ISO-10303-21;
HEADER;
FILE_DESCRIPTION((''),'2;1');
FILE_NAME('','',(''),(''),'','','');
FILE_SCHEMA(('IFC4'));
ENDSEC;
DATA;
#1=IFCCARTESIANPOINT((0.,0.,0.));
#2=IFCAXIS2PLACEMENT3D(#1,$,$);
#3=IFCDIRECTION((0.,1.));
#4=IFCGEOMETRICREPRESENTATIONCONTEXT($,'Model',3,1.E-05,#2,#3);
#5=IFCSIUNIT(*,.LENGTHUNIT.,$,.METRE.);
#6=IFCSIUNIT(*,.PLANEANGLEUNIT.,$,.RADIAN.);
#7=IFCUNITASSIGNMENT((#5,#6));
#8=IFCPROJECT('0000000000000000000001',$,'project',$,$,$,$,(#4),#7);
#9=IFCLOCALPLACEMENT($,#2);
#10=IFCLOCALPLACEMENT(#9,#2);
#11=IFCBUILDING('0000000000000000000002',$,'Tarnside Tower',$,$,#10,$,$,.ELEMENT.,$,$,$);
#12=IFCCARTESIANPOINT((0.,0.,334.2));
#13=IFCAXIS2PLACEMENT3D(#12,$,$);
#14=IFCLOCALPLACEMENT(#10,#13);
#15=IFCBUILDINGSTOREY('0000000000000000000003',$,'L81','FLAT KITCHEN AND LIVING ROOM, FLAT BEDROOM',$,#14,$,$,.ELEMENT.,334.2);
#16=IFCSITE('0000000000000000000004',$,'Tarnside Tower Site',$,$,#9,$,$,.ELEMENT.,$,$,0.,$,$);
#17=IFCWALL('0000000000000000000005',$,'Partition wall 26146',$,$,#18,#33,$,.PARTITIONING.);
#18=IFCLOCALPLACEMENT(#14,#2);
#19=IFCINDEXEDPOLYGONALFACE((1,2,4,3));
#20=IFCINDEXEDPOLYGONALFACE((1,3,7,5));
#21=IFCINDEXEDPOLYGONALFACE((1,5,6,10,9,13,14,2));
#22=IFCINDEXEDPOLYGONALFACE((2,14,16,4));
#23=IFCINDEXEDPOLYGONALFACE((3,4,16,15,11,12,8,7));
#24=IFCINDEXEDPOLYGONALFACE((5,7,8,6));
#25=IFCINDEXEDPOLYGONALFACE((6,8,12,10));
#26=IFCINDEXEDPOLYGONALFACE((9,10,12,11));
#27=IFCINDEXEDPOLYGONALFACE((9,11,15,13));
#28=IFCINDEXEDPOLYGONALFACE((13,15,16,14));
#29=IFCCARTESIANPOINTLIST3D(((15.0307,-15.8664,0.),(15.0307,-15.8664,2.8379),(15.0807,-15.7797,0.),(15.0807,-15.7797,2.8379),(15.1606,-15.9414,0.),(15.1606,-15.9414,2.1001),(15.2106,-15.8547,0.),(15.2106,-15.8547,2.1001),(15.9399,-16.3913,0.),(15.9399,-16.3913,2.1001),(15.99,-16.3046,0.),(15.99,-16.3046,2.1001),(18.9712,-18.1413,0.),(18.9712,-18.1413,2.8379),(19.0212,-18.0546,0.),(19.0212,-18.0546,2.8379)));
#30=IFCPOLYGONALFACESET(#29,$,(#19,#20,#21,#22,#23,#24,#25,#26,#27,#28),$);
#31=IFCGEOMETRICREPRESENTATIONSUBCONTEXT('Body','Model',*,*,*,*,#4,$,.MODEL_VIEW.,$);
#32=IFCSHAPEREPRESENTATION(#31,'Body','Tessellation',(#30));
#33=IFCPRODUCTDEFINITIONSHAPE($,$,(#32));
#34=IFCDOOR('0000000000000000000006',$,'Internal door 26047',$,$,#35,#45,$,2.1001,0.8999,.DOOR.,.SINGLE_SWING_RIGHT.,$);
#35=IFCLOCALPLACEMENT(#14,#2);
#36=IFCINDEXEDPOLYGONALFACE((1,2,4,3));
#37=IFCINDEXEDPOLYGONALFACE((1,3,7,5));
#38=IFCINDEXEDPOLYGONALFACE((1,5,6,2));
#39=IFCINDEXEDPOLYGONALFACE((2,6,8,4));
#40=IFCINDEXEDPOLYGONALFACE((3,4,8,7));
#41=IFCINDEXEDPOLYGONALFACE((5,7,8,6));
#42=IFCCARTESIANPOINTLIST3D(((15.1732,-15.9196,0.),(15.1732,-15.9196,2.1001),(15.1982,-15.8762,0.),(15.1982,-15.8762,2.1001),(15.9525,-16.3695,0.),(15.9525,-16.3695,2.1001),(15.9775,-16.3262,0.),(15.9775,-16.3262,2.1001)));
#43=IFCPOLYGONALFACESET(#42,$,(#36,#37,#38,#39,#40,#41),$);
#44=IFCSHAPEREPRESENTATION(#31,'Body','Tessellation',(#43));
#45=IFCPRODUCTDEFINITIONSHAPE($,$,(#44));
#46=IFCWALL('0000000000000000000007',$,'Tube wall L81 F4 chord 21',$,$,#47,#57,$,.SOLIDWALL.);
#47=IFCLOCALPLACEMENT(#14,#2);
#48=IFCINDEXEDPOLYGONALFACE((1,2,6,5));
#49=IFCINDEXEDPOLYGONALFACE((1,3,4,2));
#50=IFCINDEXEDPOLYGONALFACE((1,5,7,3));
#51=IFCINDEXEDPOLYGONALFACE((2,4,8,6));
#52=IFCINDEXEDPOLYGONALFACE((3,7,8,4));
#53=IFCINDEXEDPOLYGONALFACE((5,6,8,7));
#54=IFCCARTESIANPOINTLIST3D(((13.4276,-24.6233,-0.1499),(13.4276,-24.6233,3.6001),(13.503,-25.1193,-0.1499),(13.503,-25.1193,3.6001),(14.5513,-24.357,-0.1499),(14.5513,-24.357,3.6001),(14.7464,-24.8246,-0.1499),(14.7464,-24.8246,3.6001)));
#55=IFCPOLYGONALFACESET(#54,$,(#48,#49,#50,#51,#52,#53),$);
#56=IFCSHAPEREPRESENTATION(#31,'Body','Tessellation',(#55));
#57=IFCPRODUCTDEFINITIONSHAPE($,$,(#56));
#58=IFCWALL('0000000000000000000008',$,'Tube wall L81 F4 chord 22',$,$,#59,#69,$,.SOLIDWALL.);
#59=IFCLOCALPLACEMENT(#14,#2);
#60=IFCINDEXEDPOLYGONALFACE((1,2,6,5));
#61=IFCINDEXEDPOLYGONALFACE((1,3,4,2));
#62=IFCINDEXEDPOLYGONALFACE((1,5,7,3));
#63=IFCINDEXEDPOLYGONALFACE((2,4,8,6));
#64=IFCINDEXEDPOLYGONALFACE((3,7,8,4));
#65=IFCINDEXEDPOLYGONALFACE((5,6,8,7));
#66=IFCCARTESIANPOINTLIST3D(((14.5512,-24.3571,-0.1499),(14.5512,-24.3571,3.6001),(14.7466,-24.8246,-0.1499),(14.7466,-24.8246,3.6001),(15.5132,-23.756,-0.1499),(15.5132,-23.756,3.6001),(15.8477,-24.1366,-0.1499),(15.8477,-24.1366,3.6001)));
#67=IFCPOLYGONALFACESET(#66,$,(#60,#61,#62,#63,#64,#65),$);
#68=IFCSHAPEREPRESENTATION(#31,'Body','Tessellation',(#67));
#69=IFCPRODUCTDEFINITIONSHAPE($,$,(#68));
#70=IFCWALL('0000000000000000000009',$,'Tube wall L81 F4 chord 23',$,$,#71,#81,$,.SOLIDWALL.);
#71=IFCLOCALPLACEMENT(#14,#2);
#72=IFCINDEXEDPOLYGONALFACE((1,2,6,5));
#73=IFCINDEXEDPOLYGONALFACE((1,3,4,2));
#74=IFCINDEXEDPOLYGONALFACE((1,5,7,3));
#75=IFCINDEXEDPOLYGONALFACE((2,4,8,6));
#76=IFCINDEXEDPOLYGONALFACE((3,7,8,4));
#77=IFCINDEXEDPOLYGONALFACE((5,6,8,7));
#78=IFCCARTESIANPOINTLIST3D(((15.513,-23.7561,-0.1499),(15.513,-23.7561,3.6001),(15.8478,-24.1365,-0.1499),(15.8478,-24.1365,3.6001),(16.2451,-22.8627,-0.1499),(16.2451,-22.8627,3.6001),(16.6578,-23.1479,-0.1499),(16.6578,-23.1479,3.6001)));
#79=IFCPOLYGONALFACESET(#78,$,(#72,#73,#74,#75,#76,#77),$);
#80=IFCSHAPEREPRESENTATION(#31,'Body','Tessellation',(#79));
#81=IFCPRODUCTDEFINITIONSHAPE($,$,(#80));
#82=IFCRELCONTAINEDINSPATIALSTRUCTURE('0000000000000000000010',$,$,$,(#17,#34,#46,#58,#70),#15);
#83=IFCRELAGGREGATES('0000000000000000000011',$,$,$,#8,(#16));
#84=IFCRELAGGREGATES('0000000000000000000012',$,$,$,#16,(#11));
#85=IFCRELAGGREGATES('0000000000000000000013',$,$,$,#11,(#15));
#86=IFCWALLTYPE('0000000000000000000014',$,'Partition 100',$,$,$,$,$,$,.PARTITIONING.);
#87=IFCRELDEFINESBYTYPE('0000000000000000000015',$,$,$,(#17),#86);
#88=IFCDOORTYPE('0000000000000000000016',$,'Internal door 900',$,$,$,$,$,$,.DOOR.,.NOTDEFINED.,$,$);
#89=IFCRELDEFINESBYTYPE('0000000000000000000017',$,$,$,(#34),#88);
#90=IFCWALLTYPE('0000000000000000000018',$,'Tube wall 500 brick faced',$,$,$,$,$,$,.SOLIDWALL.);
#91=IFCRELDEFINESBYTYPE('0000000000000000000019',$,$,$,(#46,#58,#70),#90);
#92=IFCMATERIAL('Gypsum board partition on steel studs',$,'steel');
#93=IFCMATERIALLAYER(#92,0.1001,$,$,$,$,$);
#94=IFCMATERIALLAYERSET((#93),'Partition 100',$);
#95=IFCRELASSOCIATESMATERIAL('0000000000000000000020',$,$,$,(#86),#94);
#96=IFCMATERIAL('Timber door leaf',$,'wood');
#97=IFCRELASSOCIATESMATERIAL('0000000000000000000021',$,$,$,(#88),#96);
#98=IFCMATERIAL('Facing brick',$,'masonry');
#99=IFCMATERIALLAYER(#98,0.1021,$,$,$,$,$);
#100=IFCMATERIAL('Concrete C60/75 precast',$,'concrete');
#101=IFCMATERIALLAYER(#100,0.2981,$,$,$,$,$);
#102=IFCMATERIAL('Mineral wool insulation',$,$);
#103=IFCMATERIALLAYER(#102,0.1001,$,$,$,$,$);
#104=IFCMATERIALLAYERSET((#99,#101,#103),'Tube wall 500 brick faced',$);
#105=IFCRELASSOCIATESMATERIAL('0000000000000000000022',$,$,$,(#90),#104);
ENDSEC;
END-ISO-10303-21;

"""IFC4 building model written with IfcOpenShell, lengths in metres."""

from ifc_helpers import new_model, si_unit, direction, frame, frame_2d, origin, place, context, subcontext, project, spatial, polyline, rectangle, outline, extrude, material, layer, layer_set, type_object, element, fill, save


model = new_model("IFC4")

# Units and contexts
model_context = context("Model", 3, precision=1e-05, world=origin(), true_north=direction((0.0, 1.0)))
body_context = subcontext(model_context, "Body", "Model", "MODEL_VIEW")
ifc_project = project(units=[si_unit("LENGTHUNIT", "METRE"), si_unit("PLANEANGLEUNIT", "RADIAN")], contexts=[model_context])

# Site, building, storey
site_placement = place(None, origin())
site = spatial("IfcSite", under=ifc_project, at=site_placement, Name="Tarnside Tower Site", CompositionType="ELEMENT", RefElevation=0.0)
building_placement = place(site_placement, origin())
building = spatial("IfcBuilding", under=site, at=building_placement, Name="Tarnside Tower", CompositionType="ELEMENT")
storey_placement = place(building_placement, frame((0.0, 0.0, 334.2)))
storey = spatial("IfcBuildingStorey", under=building, at=storey_placement, Name="L81", Description="FLAT KITCHEN AND LIVING ROOM, FLAT BEDROOM", CompositionType="ELEMENT", Elevation=334.2)

# Shared definitions
ifc_material_1 = material(Name="Gypsum board partition on steel studs", Category="steel")
ifc_material_2 = material(Name="Timber door leaf", Category="wood")

# Wall, opening, door
ifc_layer_1 = layer(ifc_material_1, 0.1001)
ifc_layer_set_1 = layer_set([ifc_layer_1], Name="Partition 100")
wall_type_1 = type_object("IfcWallType", Name="Partition 100", PredefinedType="PARTITIONING", material=ifc_layer_set_1)
door_type_1 = type_object("IfcDoorType", Name="Internal door 900", OperationType="NOTDEFINED", PredefinedType="DOOR", material=ifc_material_2)
wall_1_placement = place(storey_placement, frame((18.9961, -18.0979, 0.0), z_axis=(0.0, 0.0, 1.0), x_axis=(-0.866035, 0.499983, 0.0)))
wall_1 = element("IfcWall", 1, at=wall_1_placement, inside=storey, type_object=wall_type_1, Name="Partition wall 26146", PredefinedType="PARTITIONING", context=body_context, shape_type="SweptSolid", body=[
    extrude(rectangle(XDim=4.55, YDim=0.1001, at=frame_2d((2.2749, 0.0))), origin(), (0.0, 0.0, 1.0), 2.8379),
])
opening_1_placement = place(wall_1_placement, frame((3.5, 0.0, 0.0)))
opening_1 = element("IfcOpeningElement", 2, at=opening_1_placement, cuts=wall_1, PredefinedType="OPENING", context=body_context, shape_type="SweptSolid", body=[
    extrude(rectangle(XDim=0.8999, YDim=2.1001, at=frame_2d((0.45, 1.05))), frame((0.0, 0.0601, 0.0), z_axis=(0.0, -1.0, 0.0), x_axis=(1.0, 0.0, 0.0)), (0.0, 0.0, 1.0), 0.1201),
])
door_1_placement = place(opening_1_placement, origin())
door_1 = element("IfcDoor", 3, at=door_1_placement, inside=storey, type_object=door_type_1, Name="Internal door 26047", OperationType="SINGLE_SWING_RIGHT", OverallHeight=2.1001, OverallWidth=0.8999, PredefinedType="DOOR", context=body_context, shape_type="SweptSolid", body=[
    extrude(rectangle(XDim=0.8999, YDim=2.1001, at=frame_2d((0.45, 1.05))), frame((0.0, 0.0249, 0.0), z_axis=(0.0, -1.0, 0.0), x_axis=(1.0, 0.0, 0.0)), (0.0, 0.0, 1.0), 0.05),
])
fill(opening_1, door_1)

# Walls
ifc_material_3 = material(Name="Facing brick", Category="masonry")
ifc_layer_2 = layer(ifc_material_3, 0.1021)
ifc_material_4 = material(Name="Concrete C60/75 precast", Category="concrete")
ifc_layer_3 = layer(ifc_material_4, 0.2981)
ifc_material_5 = material(Name="Mineral wool insulation")
ifc_layer_4 = layer(ifc_material_5, 0.1001)
ifc_layer_set_2 = layer_set([ifc_layer_2, ifc_layer_3, ifc_layer_4], Name="Tube wall 500 brick faced")
wall_type_2 = type_object("IfcWallType", Name="Tube wall 500 brick faced", PredefinedType="SOLIDWALL", material=ifc_layer_set_2)
wall_2_placement = place(storey_placement, frame((13.4653, -24.8713, -0.1499), z_axis=(0.0, 0.0, 1.0), x_axis=(0.973045, 0.230616, 0.0)))
element("IfcWall", 4, at=wall_2_placement, inside=storey, type_object=wall_type_2, Name="Tube wall L81 F4 chord 21", PredefinedType="SOLIDWALL", context=body_context, shape_type="SweptSolid", body=[
    extrude(outline(polyline([(-0.0205, -0.25), (1.2573, -0.25), (1.1753, 0.25), (0.0205, 0.25), (-0.0205, -0.25)])), origin(), (0.0, 0.0, 1.0), 3.75),
])
wall_3_placement = place(storey_placement, frame((14.6489, -24.5908, -0.1499), z_axis=(0.0, 0.0, 1.0), x_axis=(0.848055, 0.529909, 0.0)))
element("IfcWall", 5, at=wall_3_placement, inside=storey, type_object=wall_type_2, Name="Tube wall L81 F4 chord 22", PredefinedType="SOLIDWALL", context=body_context, shape_type="SweptSolid", body=[
    extrude(outline(polyline([(-0.041, -0.25), (1.2573, -0.25), (1.1753, 0.25), (0.041, 0.25), (-0.041, -0.25)])), origin(), (0.0, 0.0, 1.0), 3.75),
])
wall_4_placement = place(storey_placement, frame((15.6804, -23.9463, -0.1499), z_axis=(0.0, 0.0, 1.0), x_axis=(0.633806, 0.773492, 0.0)))
element("IfcWall", 6, at=wall_4_placement, inside=storey, type_object=wall_type_2, Name="Tube wall L81 F4 chord 23", PredefinedType="SOLIDWALL", context=body_context, shape_type="SweptSolid", body=[
    extrude(outline(polyline([(-0.041, -0.25), (1.2371, -0.25), (1.196, 0.25), (0.041, 0.25), (-0.041, -0.25)])), origin(), (0.0, 0.0, 1.0), 3.75),
])

save(model, "model.ifc")
